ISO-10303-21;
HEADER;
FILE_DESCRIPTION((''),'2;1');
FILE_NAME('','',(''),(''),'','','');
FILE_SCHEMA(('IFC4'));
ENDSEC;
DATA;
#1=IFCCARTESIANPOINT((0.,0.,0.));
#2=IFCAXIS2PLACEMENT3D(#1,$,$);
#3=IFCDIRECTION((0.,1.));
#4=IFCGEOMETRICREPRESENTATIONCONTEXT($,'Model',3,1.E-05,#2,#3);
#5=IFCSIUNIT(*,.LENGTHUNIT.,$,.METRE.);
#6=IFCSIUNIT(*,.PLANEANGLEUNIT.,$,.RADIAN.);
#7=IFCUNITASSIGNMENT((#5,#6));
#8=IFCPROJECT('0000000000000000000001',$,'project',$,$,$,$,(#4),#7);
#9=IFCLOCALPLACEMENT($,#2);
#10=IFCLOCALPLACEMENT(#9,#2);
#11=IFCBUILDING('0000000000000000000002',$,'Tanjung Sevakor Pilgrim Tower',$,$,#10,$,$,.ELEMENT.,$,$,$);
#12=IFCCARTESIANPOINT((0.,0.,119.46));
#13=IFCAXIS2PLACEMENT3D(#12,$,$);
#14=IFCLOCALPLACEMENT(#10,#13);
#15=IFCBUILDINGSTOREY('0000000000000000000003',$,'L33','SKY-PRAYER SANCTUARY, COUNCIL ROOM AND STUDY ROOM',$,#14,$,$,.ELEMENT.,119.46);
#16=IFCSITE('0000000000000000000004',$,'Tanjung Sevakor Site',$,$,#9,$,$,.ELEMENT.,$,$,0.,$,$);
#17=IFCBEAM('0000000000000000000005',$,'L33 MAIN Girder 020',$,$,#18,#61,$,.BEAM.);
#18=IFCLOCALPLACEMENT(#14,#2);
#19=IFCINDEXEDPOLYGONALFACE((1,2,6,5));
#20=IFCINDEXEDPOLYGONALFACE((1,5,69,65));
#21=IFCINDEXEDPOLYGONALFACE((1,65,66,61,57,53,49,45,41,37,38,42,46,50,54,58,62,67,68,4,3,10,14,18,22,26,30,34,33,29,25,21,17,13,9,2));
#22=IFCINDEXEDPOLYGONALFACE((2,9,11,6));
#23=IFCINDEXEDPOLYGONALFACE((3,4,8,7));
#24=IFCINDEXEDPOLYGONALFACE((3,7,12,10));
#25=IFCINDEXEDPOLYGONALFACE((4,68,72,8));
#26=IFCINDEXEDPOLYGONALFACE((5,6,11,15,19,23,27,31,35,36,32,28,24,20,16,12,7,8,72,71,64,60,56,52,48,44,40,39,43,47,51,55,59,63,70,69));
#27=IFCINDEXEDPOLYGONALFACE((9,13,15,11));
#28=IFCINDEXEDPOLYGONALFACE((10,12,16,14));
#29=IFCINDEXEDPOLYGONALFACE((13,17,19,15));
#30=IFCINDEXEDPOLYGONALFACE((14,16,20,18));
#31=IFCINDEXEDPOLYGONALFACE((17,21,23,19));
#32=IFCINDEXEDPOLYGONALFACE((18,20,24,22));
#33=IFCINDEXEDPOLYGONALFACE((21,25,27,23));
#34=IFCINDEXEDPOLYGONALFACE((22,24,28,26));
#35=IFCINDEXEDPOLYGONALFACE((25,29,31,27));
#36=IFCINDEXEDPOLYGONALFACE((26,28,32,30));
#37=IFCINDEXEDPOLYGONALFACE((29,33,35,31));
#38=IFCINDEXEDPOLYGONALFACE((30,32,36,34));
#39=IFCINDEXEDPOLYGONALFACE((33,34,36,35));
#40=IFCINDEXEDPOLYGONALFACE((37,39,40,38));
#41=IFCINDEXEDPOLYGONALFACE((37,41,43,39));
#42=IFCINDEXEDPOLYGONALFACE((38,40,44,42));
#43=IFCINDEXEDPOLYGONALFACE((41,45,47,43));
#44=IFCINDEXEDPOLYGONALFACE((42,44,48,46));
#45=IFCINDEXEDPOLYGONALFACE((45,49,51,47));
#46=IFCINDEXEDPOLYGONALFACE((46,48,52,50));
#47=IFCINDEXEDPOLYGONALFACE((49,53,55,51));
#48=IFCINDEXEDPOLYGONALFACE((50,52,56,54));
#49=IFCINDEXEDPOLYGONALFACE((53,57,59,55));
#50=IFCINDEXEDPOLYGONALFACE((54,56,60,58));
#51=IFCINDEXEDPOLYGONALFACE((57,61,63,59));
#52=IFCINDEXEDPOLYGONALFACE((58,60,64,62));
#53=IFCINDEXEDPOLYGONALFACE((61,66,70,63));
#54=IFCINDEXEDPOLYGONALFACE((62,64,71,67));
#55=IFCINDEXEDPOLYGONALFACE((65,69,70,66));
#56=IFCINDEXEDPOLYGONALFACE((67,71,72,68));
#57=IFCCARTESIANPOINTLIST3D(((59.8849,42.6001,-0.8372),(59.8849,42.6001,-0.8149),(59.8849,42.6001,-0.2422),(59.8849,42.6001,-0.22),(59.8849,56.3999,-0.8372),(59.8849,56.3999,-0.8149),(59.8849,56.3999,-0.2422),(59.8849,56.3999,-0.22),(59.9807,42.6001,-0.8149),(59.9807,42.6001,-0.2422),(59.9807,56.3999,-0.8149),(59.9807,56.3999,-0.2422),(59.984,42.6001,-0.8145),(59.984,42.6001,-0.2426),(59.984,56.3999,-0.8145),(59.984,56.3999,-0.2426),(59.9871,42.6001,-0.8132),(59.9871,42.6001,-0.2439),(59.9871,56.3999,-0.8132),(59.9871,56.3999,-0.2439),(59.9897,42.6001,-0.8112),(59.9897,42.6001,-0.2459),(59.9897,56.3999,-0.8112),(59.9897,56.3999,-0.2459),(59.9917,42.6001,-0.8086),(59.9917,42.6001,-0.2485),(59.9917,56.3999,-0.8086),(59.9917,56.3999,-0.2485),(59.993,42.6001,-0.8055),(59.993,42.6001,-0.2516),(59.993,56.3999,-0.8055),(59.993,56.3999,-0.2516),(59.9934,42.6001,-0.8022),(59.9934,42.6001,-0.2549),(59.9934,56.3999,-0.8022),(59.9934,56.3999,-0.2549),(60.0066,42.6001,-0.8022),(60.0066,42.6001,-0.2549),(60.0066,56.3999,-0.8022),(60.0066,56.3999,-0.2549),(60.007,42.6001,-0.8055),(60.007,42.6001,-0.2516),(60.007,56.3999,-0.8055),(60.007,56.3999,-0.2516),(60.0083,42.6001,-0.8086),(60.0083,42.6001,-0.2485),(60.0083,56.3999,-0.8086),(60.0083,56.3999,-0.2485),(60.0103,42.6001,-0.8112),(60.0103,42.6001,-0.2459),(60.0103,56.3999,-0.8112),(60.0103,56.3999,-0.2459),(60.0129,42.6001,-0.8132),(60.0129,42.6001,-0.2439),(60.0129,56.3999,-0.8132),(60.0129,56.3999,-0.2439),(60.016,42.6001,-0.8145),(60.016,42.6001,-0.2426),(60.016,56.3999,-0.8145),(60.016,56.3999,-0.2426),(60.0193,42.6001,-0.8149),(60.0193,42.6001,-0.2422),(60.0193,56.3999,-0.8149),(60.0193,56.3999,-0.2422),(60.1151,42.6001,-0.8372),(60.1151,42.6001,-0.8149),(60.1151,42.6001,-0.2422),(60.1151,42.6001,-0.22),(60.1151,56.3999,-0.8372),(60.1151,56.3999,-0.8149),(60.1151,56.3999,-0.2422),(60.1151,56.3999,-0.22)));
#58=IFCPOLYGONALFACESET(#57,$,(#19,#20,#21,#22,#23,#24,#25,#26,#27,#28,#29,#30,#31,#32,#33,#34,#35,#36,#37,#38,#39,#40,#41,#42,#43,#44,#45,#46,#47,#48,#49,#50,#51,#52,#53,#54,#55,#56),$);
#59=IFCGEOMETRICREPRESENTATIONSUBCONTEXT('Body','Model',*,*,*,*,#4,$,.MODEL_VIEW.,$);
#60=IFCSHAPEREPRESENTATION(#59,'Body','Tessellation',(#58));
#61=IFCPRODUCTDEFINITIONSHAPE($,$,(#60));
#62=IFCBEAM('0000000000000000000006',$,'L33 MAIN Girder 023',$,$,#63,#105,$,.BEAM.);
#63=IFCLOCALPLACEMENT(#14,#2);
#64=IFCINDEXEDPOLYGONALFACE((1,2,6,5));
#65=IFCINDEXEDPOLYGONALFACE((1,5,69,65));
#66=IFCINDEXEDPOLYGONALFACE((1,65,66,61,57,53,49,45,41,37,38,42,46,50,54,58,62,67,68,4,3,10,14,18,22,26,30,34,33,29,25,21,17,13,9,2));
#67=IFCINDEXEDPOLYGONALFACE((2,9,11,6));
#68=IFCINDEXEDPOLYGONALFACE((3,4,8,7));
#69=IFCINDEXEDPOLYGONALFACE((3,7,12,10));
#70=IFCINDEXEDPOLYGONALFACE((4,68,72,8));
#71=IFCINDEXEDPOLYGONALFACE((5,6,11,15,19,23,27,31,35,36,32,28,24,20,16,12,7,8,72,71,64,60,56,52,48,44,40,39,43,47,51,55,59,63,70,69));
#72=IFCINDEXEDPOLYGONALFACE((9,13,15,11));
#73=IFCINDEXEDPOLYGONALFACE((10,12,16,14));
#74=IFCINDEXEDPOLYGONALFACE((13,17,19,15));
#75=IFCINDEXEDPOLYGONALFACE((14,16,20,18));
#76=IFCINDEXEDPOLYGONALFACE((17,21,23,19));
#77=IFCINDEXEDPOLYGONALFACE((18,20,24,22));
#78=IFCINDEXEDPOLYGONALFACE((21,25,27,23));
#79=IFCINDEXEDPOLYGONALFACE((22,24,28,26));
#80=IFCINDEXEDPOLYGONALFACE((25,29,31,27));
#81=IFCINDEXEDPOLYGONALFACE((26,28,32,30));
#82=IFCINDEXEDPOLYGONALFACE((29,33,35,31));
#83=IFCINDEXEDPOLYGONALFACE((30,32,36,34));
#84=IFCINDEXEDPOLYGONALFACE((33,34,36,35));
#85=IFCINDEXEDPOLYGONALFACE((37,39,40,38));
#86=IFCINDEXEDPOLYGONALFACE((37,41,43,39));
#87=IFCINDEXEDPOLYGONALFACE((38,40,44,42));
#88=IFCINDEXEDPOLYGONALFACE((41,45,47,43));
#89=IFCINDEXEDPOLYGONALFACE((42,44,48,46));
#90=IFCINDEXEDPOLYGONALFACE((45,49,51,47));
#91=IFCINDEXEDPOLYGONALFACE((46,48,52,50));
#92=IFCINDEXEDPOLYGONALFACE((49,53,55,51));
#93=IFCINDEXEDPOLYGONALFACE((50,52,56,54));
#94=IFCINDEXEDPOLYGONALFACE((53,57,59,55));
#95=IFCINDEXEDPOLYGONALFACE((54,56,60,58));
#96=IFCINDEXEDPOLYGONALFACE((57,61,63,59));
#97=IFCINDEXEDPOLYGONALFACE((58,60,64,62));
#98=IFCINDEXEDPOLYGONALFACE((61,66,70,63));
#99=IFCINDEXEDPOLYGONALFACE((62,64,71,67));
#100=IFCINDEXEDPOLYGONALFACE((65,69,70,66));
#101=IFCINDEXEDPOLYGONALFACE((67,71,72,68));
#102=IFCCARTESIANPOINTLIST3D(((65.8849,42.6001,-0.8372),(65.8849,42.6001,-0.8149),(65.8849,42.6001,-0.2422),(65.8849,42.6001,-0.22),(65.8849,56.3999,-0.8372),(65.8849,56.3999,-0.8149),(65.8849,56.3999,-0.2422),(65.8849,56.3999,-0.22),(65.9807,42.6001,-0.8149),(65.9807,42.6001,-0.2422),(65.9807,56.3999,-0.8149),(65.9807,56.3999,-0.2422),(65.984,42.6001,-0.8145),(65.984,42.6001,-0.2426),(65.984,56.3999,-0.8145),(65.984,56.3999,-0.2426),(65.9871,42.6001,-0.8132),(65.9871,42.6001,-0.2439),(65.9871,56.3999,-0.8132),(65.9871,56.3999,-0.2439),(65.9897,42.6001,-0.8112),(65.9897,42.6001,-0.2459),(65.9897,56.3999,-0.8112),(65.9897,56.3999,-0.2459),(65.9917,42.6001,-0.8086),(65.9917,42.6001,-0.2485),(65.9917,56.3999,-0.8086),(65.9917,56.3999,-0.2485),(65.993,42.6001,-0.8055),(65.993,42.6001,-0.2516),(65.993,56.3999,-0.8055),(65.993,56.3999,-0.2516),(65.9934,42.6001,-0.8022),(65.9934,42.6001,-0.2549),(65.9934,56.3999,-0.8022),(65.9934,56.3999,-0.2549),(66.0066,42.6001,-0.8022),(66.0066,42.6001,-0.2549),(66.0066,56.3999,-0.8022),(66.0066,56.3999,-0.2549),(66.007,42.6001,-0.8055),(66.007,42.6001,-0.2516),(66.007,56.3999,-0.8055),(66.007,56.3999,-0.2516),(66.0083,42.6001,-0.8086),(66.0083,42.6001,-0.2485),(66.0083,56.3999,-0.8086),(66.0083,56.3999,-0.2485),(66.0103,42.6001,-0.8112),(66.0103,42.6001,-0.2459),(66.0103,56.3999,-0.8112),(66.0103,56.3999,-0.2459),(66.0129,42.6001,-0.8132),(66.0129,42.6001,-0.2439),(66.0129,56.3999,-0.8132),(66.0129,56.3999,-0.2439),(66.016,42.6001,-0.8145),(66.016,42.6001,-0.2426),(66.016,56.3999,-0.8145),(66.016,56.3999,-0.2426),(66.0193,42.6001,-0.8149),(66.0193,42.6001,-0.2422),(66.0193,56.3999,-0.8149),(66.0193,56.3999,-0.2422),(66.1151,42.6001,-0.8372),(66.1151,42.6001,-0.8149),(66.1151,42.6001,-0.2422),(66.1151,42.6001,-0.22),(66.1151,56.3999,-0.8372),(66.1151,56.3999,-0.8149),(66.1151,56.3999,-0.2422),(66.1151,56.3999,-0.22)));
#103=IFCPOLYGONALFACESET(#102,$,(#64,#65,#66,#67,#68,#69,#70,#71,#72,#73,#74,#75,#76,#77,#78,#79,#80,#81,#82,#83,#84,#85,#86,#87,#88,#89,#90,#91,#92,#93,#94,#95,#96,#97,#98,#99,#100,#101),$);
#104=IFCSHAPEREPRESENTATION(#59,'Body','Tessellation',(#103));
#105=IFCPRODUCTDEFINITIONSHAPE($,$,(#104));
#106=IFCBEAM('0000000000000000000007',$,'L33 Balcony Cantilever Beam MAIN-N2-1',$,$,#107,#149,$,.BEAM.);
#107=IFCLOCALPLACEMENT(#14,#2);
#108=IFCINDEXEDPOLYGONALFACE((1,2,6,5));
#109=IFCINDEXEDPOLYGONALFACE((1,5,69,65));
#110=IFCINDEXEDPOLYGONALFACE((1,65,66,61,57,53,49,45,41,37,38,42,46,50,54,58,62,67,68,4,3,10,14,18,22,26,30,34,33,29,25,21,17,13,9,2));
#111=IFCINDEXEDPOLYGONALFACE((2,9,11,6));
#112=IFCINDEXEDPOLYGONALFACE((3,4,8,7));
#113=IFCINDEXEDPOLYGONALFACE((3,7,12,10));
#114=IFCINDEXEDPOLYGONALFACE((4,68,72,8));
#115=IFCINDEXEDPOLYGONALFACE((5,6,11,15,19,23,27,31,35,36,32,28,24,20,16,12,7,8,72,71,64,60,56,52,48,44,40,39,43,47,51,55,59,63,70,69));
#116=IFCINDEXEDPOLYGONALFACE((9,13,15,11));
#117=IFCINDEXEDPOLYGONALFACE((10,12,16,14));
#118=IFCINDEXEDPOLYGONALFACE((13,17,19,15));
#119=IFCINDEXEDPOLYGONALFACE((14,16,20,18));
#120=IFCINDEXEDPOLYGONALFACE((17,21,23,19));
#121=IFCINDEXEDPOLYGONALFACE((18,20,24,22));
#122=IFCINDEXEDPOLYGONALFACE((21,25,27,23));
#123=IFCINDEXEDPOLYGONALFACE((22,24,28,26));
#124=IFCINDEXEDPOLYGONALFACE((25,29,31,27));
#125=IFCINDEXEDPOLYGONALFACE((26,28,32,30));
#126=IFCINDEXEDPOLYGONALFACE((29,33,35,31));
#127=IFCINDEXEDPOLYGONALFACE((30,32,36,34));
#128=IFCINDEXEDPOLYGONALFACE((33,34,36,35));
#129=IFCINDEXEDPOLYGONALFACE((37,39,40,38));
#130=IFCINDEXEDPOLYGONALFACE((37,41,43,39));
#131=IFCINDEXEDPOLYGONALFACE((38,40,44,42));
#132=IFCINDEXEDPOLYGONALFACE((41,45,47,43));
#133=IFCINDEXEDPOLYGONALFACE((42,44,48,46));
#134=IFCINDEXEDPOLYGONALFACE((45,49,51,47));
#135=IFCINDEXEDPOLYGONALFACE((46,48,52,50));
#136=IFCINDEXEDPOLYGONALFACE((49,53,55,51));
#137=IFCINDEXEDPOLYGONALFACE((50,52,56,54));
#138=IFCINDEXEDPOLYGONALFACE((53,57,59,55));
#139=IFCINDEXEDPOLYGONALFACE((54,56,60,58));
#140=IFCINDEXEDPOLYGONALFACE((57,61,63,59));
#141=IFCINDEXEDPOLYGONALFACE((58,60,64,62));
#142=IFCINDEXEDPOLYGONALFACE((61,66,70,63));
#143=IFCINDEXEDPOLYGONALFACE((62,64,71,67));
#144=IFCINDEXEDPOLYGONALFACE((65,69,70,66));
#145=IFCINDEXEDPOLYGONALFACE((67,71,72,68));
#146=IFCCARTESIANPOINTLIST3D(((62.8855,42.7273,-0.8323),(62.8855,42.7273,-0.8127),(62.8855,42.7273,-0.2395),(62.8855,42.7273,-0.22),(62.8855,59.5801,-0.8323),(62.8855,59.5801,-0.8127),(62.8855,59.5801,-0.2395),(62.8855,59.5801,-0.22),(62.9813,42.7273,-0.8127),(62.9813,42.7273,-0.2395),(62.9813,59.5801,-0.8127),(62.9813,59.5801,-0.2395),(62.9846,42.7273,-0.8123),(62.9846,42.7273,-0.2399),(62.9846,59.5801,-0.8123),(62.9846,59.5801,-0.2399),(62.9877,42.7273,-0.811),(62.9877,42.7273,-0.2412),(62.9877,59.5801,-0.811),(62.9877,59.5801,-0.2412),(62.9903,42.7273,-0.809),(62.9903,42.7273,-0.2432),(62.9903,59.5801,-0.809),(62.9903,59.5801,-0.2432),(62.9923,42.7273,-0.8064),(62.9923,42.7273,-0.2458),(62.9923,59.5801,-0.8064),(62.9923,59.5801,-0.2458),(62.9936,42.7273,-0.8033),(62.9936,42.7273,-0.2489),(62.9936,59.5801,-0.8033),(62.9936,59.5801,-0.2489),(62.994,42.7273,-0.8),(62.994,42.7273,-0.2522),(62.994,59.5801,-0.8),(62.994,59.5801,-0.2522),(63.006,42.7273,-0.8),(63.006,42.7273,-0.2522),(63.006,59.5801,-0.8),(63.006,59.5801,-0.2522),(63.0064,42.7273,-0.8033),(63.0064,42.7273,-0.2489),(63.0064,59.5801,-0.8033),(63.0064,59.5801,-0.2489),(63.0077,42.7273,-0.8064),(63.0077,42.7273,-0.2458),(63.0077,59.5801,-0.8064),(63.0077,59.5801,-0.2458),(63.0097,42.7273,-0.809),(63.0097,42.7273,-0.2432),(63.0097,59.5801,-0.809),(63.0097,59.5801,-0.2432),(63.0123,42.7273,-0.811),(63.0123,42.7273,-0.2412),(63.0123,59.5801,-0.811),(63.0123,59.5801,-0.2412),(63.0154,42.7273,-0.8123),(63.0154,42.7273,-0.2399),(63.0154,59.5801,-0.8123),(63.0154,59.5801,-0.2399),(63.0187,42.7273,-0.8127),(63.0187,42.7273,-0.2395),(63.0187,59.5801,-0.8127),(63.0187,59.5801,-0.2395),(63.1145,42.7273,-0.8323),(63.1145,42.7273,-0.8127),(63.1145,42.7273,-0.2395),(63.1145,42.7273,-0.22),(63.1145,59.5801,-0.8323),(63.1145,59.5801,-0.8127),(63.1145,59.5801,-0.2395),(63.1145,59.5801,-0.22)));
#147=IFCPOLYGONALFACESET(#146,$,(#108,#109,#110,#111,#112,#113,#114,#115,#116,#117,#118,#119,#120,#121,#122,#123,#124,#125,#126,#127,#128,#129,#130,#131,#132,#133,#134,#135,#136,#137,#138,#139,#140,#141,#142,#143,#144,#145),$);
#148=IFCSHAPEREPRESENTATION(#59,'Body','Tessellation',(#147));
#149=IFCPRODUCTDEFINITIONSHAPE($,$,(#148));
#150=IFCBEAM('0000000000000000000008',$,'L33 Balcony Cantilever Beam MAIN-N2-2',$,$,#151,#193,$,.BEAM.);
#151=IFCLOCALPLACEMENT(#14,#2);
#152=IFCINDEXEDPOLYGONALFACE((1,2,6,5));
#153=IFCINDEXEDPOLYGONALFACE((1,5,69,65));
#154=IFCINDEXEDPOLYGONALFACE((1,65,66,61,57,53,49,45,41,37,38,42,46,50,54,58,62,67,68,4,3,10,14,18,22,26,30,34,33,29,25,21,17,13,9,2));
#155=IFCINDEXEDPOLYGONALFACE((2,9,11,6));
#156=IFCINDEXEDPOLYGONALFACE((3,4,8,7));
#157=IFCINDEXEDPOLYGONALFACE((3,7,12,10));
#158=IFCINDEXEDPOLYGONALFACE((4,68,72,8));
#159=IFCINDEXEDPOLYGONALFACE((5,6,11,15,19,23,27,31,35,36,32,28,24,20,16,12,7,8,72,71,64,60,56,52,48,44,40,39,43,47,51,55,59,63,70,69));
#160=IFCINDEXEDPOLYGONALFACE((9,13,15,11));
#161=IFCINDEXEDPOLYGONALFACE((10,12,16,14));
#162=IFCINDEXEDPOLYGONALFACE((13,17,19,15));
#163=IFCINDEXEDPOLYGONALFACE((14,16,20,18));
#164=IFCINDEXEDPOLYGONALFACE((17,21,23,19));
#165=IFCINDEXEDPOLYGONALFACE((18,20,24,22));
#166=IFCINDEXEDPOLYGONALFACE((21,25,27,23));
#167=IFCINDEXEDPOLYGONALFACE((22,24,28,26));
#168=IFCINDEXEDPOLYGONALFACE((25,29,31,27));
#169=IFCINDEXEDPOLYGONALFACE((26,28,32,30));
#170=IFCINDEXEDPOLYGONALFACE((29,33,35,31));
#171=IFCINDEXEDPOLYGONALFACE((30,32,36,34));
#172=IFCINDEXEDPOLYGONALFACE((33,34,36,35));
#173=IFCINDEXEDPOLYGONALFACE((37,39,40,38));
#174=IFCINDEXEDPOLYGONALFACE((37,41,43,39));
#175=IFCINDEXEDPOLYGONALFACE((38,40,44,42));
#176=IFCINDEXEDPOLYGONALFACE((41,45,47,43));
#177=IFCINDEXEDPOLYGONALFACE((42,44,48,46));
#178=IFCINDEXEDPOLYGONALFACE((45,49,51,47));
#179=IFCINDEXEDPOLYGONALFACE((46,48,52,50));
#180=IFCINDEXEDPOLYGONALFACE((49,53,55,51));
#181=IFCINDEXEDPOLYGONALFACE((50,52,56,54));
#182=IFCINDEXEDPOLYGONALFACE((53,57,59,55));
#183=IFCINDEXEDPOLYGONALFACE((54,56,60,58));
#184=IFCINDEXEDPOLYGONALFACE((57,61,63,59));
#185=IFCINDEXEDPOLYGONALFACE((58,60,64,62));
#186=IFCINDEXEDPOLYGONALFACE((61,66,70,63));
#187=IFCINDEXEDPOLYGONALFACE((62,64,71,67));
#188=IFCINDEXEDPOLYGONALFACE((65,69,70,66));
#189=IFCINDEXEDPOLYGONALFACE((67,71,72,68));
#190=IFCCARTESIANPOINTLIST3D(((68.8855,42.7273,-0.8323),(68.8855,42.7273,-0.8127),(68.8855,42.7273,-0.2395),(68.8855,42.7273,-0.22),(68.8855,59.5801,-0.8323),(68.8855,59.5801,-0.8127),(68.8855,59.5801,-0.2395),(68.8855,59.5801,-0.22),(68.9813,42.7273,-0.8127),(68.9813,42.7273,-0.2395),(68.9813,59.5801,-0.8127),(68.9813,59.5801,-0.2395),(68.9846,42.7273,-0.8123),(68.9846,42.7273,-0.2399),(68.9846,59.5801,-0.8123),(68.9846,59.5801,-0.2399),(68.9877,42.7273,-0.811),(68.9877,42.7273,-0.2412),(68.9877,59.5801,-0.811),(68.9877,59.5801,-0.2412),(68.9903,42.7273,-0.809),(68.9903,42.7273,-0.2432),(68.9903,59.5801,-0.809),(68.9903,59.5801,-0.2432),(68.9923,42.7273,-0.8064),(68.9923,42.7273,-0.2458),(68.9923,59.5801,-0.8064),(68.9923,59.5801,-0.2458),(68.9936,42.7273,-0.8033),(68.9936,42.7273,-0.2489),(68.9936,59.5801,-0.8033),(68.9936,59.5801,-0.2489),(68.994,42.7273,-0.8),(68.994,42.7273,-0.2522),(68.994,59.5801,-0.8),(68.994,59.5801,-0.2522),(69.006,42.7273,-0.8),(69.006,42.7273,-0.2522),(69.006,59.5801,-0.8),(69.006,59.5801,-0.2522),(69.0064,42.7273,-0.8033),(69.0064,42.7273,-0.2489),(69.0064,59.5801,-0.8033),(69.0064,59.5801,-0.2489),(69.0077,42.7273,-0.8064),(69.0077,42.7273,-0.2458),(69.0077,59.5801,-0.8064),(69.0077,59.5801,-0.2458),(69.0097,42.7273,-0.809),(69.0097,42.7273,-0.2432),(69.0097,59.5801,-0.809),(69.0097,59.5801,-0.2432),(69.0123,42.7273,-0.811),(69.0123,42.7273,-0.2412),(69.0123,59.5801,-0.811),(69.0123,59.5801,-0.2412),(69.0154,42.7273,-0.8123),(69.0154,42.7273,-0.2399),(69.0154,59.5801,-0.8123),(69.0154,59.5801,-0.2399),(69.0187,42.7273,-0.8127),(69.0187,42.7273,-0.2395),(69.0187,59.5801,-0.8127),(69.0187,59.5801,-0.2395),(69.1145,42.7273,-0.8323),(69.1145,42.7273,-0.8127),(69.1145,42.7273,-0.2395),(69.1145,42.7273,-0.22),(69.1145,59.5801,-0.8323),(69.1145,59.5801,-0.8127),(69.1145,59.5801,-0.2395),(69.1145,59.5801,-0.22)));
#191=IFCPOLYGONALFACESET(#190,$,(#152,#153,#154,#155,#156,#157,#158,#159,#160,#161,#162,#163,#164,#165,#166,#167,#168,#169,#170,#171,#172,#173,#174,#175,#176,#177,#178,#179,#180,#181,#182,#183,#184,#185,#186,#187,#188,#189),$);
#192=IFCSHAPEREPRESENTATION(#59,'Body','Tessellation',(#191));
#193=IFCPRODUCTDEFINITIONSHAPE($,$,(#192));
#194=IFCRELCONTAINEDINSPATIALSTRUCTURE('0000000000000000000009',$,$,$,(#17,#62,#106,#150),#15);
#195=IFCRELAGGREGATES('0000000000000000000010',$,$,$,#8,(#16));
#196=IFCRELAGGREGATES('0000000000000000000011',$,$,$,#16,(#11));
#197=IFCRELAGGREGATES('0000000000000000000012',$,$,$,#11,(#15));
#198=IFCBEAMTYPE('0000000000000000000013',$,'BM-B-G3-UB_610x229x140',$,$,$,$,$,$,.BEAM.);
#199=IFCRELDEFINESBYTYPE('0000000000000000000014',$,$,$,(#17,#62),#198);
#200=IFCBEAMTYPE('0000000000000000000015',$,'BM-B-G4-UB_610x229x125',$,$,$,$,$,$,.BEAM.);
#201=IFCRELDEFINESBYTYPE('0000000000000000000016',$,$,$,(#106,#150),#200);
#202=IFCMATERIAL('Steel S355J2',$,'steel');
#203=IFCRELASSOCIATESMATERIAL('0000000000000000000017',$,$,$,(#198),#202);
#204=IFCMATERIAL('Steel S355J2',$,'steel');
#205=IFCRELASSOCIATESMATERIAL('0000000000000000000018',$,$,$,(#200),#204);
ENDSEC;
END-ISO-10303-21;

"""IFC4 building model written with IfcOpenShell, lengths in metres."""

from ifc_helpers import new_model, si_unit, direction, frame, origin, origin_2d, place, context, subcontext, project, spatial, i_section, extrude, material, material_profile, profile_set, type_object, element, save


model = new_model("IFC4")

# Units and contexts
model_context = context("Model", 3, precision=1e-05, world=origin(), true_north=direction((0.0, 1.0)))
body_context = subcontext(model_context, "Body", "Model", "MODEL_VIEW")
ifc_project = project(units=[si_unit("LENGTHUNIT", "METRE"), si_unit("PLANEANGLEUNIT", "RADIAN")], contexts=[model_context])

# Site, building, storey
site_placement = place(None, origin())
site = spatial("IfcSite", under=ifc_project, at=site_placement, Name="Tanjung Sevakor Site", CompositionType="ELEMENT", RefElevation=0.0)
building_placement = place(site_placement, origin())
building = spatial("IfcBuilding", under=site, at=building_placement, Name="Tanjung Sevakor Pilgrim Tower", CompositionType="ELEMENT")
storey_placement = place(building_placement, frame((0.0, 0.0, 119.46)))
storey = spatial("IfcBuildingStorey", under=building, at=storey_placement, Name="L33", Description="SKY-PRAYER SANCTUARY, COUNCIL ROOM AND STUDY ROOM", CompositionType="ELEMENT", Elevation=119.46)

# Beams
ifc_material_1 = material(Name="Steel S355J2", Category="steel")
ifc_material_profile_1 = material_profile(ifc_material_1, i_section(OverallWidth=0.2302, OverallDepth=0.6172, WebThickness=0.0132, FlangeThickness=0.0222, FilletRadius=0.0127, at=origin_2d()))
ifc_profile_set_1 = profile_set([ifc_material_profile_1], Name="Steel S355J2")
beam_type_1 = type_object("IfcBeamType", Name="BM-B-G3-UB_610x229x140", PredefinedType="BEAM", material=ifc_profile_set_1)
for number, where, z_axis, x_axis, name in (
    (1, (60.0, 42.6001, -0.5286), (0.0, 1.0, 0.0), (-1.0, 0.0, 0.0), "L33 MAIN Girder 020"),
    (2, (66.0, 42.6001, -0.5286), (0.0, 1.0, 0.0), (-1.0, 0.0, 0.0), "L33 MAIN Girder 023"),
):
    element("IfcBeam", number, at=place(storey_placement, frame(where, z_axis=z_axis, x_axis=x_axis)), inside=storey, type_object=beam_type_1, Name=name, PredefinedType="BEAM", context=body_context, shape_type="SweptSolid", body=[
        extrude(i_section(OverallWidth=0.2302, OverallDepth=0.6172, WebThickness=0.0132, FlangeThickness=0.0222, FilletRadius=0.0127, at=origin_2d()), origin(), (0.0, 0.0, 1.0), 13.7998),
    ])
ifc_material_2 = material(Name="Steel S355J2", Category="steel")
ifc_material_profile_2 = material_profile(ifc_material_2, i_section(OverallWidth=0.229, OverallDepth=0.6123, WebThickness=0.012, FlangeThickness=0.0195, FilletRadius=0.0127, at=origin_2d()))
ifc_profile_set_2 = profile_set([ifc_material_profile_2], Name="Steel S355J2")
beam_type_2 = type_object("IfcBeamType", Name="BM-B-G4-UB_610x229x125", PredefinedType="BEAM", material=ifc_profile_set_2)
for number, where, z_axis, x_axis, name in (
    (3, (63.0, 42.7273, -0.5261), (0.0, 1.0, 0.0), (-1.0, 0.0, 0.0), "L33 Balcony Cantilever Beam MAIN-N2-1"),
    (4, (69.0, 42.7273, -0.5261), (0.0, 1.0, 0.0), (-1.0, 0.0, 0.0), "L33 Balcony Cantilever Beam MAIN-N2-2"),
):
    element("IfcBeam", number, at=place(storey_placement, frame(where, z_axis=z_axis, x_axis=x_axis)), inside=storey, type_object=beam_type_2, Name=name, PredefinedType="BEAM", context=body_context, shape_type="SweptSolid", body=[
        extrude(i_section(OverallWidth=0.229, OverallDepth=0.6123, WebThickness=0.012, FlangeThickness=0.0195, FilletRadius=0.0127, at=origin_2d()), origin(), (0.0, 0.0, 1.0), 16.8528),
    ])

save(model, "model.ifc")
